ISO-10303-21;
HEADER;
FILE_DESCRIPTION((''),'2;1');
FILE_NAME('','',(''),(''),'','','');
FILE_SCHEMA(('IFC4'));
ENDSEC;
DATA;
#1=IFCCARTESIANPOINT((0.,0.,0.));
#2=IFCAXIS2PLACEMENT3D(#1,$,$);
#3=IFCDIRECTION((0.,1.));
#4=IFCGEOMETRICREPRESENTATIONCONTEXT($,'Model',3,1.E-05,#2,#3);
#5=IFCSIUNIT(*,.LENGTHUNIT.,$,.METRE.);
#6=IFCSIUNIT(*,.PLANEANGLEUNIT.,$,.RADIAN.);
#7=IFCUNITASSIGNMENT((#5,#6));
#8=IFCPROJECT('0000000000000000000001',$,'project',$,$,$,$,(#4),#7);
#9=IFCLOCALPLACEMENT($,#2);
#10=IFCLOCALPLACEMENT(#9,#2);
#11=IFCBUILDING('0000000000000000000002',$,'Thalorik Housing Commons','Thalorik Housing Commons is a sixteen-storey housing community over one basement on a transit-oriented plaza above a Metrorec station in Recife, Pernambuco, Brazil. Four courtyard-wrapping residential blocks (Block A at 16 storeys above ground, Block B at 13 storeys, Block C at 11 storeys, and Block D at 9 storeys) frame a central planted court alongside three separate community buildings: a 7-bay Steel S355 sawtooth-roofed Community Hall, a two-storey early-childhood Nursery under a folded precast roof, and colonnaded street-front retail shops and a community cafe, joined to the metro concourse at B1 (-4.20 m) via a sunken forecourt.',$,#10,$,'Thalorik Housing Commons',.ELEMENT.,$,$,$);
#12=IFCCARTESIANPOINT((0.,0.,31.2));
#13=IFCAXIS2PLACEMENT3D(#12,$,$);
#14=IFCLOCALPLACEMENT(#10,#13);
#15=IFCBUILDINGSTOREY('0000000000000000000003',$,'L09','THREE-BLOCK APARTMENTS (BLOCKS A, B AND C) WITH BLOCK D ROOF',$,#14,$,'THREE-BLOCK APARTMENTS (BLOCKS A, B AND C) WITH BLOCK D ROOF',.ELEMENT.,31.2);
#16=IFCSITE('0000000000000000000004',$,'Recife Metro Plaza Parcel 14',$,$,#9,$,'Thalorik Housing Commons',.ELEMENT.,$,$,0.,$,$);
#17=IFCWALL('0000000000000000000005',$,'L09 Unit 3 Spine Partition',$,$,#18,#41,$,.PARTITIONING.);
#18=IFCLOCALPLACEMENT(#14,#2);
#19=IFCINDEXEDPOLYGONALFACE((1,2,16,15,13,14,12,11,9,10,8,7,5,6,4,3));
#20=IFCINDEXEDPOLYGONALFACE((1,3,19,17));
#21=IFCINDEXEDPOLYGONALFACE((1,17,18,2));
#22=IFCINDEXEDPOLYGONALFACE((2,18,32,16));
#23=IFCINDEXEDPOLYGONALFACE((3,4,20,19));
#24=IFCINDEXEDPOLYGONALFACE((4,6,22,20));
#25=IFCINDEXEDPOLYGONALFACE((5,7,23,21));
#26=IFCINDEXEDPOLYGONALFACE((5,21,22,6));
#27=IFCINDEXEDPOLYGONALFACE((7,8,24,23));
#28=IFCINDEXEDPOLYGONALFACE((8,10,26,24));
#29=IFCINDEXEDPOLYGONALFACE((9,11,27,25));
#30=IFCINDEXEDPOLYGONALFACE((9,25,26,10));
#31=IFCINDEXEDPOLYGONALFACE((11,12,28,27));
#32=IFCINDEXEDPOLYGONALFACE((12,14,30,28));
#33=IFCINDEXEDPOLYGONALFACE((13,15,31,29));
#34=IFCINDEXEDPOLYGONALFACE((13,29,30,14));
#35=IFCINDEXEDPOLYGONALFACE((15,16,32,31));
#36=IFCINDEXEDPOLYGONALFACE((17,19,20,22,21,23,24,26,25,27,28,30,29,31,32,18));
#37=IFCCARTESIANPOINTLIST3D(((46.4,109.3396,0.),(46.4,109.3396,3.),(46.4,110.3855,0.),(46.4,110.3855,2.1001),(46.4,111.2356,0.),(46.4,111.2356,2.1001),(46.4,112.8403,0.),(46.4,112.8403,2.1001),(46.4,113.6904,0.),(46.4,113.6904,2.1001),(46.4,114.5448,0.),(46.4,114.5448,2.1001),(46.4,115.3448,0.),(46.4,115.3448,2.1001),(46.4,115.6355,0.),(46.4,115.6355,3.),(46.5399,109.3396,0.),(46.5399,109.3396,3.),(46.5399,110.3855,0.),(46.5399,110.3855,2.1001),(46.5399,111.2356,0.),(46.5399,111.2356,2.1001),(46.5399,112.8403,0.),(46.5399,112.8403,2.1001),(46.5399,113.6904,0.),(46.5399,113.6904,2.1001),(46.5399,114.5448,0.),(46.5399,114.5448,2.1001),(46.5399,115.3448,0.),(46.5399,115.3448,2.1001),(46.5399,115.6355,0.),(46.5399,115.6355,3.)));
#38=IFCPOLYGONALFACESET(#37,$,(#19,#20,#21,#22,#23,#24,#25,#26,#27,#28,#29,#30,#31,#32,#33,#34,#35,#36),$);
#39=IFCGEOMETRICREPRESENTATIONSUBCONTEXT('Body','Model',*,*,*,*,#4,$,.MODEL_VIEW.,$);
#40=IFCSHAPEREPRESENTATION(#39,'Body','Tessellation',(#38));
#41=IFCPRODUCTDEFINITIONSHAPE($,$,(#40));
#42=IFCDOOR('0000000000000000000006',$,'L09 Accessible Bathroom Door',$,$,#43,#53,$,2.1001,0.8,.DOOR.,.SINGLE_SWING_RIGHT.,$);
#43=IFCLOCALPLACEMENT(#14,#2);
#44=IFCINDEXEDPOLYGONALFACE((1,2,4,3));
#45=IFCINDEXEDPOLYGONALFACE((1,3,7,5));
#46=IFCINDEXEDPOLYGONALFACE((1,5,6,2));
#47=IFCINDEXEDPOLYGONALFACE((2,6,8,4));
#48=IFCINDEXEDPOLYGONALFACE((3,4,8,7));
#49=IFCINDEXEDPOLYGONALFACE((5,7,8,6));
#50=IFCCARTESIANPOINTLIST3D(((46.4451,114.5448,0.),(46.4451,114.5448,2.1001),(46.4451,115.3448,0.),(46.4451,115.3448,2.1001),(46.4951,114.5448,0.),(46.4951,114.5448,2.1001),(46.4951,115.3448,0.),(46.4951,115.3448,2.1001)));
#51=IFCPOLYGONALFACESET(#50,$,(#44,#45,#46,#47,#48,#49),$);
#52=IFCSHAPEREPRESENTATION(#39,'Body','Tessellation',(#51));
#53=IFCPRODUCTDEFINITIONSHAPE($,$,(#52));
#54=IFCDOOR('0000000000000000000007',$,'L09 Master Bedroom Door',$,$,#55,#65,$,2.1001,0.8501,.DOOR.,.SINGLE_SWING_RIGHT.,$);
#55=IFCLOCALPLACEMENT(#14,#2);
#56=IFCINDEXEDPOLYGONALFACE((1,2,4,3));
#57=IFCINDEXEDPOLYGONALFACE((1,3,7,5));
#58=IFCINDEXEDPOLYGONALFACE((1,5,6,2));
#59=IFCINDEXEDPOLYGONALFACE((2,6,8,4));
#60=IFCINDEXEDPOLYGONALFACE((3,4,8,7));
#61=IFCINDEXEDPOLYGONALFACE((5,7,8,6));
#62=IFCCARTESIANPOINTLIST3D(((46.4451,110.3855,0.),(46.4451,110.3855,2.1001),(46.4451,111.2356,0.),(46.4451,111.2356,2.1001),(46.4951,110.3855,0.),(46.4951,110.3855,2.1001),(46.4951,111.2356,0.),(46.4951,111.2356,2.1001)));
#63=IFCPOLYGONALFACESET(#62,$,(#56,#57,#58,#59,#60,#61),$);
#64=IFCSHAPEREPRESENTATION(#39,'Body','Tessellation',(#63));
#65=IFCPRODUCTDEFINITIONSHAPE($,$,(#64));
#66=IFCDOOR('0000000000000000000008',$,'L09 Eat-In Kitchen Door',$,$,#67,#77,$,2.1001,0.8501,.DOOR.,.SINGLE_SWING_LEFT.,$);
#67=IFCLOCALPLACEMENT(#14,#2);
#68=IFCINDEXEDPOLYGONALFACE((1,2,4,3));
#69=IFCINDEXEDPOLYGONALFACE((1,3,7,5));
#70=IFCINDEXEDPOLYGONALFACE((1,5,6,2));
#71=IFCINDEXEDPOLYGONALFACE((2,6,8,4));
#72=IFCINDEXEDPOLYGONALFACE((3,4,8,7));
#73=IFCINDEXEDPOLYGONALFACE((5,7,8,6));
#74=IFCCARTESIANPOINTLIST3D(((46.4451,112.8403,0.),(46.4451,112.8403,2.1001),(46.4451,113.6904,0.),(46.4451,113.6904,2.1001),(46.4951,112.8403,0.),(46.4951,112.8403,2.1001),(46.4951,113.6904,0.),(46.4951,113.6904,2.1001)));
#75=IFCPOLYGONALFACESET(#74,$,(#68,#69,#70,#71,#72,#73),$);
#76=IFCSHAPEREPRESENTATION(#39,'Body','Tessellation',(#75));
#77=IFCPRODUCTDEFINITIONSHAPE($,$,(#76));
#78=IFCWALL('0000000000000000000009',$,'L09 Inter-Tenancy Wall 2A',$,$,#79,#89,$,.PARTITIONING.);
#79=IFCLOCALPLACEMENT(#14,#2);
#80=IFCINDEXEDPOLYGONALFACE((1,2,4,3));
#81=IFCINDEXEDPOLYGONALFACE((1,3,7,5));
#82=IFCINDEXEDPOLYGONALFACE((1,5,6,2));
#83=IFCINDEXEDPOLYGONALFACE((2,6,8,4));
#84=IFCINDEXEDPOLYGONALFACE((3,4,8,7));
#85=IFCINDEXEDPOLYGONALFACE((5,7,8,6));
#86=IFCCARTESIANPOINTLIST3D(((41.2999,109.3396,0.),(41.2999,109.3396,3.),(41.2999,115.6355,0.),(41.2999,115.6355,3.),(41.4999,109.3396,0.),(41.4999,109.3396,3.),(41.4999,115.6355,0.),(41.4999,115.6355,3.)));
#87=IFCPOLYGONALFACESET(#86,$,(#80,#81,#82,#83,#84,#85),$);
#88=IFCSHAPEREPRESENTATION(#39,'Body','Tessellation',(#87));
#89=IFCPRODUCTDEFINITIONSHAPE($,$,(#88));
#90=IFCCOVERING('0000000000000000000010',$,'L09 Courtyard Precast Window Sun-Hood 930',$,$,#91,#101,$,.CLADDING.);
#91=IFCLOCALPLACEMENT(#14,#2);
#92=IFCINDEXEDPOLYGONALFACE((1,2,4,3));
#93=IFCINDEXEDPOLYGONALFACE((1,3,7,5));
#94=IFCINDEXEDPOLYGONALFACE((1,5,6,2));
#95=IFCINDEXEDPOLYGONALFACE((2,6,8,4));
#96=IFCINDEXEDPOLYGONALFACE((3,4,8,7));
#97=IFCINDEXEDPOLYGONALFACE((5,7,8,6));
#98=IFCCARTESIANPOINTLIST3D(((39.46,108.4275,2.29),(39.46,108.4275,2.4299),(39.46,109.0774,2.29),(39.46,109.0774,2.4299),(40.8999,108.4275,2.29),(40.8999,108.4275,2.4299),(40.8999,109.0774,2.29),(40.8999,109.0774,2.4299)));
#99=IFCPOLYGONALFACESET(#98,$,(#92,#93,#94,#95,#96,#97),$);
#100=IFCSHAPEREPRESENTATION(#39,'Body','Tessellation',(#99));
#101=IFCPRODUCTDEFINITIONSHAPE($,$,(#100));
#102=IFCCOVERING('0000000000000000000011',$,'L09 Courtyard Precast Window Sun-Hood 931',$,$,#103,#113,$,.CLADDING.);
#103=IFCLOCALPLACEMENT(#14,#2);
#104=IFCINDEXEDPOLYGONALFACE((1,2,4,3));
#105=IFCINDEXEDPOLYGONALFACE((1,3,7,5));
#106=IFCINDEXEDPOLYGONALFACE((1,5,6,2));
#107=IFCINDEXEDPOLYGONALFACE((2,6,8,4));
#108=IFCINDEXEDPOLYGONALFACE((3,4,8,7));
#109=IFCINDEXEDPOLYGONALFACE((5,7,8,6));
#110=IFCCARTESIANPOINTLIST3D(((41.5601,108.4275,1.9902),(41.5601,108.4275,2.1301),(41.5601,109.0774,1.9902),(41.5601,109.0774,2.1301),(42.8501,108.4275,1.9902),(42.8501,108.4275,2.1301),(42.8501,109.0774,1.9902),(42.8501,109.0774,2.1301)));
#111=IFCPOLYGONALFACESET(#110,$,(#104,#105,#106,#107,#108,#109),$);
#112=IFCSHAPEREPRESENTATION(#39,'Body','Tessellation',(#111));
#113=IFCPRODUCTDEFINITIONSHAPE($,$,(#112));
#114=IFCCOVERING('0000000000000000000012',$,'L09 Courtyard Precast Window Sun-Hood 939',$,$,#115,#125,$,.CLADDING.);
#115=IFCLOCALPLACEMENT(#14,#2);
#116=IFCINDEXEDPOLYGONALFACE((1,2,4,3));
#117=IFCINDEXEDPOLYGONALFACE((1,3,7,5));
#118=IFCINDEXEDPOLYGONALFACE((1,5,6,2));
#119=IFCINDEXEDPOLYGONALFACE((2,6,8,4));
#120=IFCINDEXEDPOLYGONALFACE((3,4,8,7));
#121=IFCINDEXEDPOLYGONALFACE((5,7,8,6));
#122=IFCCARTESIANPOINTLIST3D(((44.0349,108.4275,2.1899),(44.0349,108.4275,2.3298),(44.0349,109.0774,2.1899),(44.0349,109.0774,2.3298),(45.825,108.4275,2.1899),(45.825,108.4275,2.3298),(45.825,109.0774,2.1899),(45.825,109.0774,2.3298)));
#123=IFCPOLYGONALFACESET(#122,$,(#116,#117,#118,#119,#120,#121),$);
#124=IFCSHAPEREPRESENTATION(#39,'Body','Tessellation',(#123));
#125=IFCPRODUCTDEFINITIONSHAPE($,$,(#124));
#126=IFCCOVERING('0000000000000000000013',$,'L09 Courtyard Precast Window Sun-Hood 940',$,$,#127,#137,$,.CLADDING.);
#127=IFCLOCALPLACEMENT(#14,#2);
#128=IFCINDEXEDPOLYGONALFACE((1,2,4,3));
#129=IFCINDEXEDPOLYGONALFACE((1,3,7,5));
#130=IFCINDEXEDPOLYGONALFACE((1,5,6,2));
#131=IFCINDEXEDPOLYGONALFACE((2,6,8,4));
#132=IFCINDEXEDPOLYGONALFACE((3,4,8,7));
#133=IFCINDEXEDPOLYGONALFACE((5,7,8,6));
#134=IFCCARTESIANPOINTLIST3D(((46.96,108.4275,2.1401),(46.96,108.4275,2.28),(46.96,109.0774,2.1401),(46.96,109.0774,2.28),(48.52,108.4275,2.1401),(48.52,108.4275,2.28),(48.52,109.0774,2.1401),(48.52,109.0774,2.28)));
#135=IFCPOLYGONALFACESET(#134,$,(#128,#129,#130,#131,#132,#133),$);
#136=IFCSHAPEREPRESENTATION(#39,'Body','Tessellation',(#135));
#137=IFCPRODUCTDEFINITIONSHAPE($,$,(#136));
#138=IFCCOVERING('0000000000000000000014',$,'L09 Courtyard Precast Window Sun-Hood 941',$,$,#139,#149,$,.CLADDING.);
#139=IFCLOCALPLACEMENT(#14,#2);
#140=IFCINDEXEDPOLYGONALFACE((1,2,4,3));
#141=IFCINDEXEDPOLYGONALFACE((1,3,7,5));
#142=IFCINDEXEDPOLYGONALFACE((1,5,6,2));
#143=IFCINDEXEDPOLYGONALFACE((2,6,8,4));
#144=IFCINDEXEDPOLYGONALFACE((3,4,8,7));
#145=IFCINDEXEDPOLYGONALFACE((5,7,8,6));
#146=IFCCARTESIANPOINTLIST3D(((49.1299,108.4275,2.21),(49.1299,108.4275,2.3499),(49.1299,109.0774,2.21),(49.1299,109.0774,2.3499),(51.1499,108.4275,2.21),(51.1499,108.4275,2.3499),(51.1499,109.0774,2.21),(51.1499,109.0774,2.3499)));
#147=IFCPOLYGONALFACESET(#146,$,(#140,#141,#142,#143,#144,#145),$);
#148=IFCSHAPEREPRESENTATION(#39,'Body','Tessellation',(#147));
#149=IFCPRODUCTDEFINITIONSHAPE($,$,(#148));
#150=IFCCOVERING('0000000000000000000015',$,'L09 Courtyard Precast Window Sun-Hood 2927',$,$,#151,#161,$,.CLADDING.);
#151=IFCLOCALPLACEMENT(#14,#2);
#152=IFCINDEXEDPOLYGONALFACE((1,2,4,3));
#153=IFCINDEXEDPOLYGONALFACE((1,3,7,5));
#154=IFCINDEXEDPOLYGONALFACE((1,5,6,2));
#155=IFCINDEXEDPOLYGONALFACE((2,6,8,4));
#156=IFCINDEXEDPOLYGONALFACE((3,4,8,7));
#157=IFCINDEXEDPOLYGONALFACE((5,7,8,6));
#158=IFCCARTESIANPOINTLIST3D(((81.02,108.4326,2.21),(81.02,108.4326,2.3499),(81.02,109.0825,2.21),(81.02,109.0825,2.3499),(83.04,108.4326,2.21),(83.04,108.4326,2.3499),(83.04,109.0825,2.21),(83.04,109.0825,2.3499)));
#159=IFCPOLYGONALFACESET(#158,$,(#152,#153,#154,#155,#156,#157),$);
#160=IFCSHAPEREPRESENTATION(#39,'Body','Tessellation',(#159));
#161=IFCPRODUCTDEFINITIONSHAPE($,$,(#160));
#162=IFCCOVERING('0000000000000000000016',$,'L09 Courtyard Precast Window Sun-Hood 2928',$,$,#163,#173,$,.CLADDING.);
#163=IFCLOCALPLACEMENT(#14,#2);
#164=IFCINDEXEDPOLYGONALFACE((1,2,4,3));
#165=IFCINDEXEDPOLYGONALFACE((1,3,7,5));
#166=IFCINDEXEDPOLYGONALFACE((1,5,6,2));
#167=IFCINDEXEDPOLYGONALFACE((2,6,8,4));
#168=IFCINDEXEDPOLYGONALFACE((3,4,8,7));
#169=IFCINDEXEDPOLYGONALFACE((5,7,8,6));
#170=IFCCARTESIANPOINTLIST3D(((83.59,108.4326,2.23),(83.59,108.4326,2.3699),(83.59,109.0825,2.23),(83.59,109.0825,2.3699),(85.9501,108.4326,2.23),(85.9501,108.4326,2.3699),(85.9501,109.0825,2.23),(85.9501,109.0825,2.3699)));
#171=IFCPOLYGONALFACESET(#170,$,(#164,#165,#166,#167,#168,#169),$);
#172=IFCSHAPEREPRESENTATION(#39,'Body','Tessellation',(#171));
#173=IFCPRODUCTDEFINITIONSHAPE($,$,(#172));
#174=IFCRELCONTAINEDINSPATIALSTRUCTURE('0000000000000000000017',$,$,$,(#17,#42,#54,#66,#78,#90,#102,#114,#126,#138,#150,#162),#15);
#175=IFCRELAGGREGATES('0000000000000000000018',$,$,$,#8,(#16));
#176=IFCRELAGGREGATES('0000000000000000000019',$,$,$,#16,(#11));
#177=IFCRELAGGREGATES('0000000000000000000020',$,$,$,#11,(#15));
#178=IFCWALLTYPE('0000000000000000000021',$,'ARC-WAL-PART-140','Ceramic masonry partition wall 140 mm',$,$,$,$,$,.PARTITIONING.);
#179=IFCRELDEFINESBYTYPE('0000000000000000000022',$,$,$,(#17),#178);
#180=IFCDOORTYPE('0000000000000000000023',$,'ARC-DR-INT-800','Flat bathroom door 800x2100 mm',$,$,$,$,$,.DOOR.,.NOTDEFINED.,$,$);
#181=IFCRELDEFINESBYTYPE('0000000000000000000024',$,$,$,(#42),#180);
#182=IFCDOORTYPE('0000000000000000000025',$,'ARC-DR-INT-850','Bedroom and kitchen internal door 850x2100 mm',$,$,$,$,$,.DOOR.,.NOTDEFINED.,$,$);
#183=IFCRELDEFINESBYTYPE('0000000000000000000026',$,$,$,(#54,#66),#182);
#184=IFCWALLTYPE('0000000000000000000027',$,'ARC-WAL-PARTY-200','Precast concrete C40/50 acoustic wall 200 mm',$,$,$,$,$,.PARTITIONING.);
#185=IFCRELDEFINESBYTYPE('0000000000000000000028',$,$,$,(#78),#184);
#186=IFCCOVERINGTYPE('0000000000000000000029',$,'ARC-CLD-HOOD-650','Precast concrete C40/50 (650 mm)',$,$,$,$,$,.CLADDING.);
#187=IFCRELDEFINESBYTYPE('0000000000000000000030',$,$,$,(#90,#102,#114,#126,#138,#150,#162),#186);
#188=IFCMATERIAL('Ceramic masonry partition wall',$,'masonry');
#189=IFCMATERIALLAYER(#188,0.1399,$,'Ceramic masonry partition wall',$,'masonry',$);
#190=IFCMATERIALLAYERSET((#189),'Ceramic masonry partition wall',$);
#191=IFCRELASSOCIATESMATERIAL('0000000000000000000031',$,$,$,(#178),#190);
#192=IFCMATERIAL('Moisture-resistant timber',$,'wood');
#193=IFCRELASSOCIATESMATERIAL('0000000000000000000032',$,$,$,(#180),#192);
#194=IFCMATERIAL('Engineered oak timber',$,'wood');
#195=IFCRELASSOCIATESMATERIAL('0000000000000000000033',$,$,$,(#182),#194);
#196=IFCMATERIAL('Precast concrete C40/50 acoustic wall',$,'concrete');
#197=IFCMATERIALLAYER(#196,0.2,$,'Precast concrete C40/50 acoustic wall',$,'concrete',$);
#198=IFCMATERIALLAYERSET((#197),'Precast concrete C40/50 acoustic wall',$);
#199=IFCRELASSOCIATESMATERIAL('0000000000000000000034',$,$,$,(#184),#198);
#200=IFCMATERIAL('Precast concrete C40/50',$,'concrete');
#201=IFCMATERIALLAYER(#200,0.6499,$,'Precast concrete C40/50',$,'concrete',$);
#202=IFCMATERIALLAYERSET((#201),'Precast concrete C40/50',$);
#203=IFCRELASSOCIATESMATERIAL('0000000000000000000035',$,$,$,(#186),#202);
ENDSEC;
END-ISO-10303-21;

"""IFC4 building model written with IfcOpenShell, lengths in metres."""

from ifc_helpers import new_model, si_unit, direction, frame, frame_2d, origin, origin_2d, place, context, subcontext, project, spatial, rectangle, extrude, material, layer, layer_set, type_object, element, fill, save


model = new_model("IFC4")

# Units and contexts
model_context = context("Model", 3, precision=1e-05, world=origin(), true_north=direction((0.0, 1.0)))
body_context = subcontext(model_context, "Body", "Model", "MODEL_VIEW")
ifc_project = project(units=[si_unit("LENGTHUNIT", "METRE"), si_unit("PLANEANGLEUNIT", "RADIAN")], contexts=[model_context])

# Site, building, storey
site_placement = place(None, origin())
site = spatial("IfcSite", under=ifc_project, at=site_placement, Name="Recife Metro Plaza Parcel 14", LongName="Thalorik Housing Commons", CompositionType="ELEMENT", RefElevation=0.0)
building_placement = place(site_placement, origin())
building = spatial("IfcBuilding", under=site, at=building_placement, Name="Thalorik Housing Commons", Description="Thalorik Housing Commons is a sixteen-storey housing community over one basement on a transit-oriented plaza above a Metrorec station in Recife, Pernambuco, Brazil. Four courtyard-wrapping residential blocks (Block A at 16 storeys above ground, Block B at 13 storeys, Block C at 11 storeys, and Block D at 9 storeys) frame a central planted court alongside three separate community buildings: a 7-bay Steel S355 sawtooth-roofed Community Hall, a two-storey early-childhood Nursery under a folded precast roof, and colonnaded street-front retail shops and a community cafe, joined to the metro concourse at B1 (-4.20 m) via a sunken forecourt.", LongName="Thalorik Housing Commons", CompositionType="ELEMENT")
storey_placement = place(building_placement, frame((0.0, 0.0, 31.2)))
storey = spatial("IfcBuildingStorey", under=building, at=storey_placement, Name="L09", Description="THREE-BLOCK APARTMENTS (BLOCKS A, B AND C) WITH BLOCK D ROOF", LongName="THREE-BLOCK APARTMENTS (BLOCKS A, B AND C) WITH BLOCK D ROOF", CompositionType="ELEMENT", Elevation=31.2)

# Shared definitions
ifc_material_1 = material(Name="Precast concrete C40/50", Category="concrete")

# Wall, openings, doors
ifc_material_2 = material(Name="Ceramic masonry partition wall", Category="masonry")
ifc_layer_1 = layer(ifc_material_2, 0.1399, Name="Ceramic masonry partition wall", Category="masonry")
ifc_layer_set_1 = layer_set([ifc_layer_1], Name="Ceramic masonry partition wall")
wall_type_1 = type_object("IfcWallType", Name="ARC-WAL-PART-140", Description="Ceramic masonry partition wall 140 mm", PredefinedType="PARTITIONING", material=ifc_layer_set_1)
wall_1_placement = place(storey_placement, frame((46.47, 109.3396, 0.0), z_axis=(0.0, 0.0, 1.0), x_axis=(0.0, 1.0, 0.0)))
wall_1 = element("IfcWall", 1, at=wall_1_placement, inside=storey, type_object=wall_type_1, Name="L09 Unit 3 Spine Partition", PredefinedType="PARTITIONING", context=body_context, shape_type="SweptSolid", body=[
    extrude(rectangle(XDim=6.2959, YDim=0.1399, at=frame_2d((3.1479, 0.0))), origin(), (0.0, 0.0, 1.0), 3.0),
])
opening_1_placement = place(wall_1_placement, frame((1.0459, 0.0, 0.0)))
opening_1 = element("IfcOpeningElement", 2, at=opening_1_placement, cuts=wall_1, PredefinedType="OPENING", context=body_context, shape_type="SweptSolid", body=[
    extrude(rectangle(XDim=0.8501, YDim=2.1001, at=frame_2d((0.425, 1.05))), frame((0.0, 0.0801, 0.0), z_axis=(0.0, -1.0, 0.0), x_axis=(1.0, 0.0, 0.0)), (0.0, 0.0, 1.0), 0.1599),
])
opening_2_placement = place(wall_1_placement, frame((3.5007, 0.0, 0.0)))
opening_2 = element("IfcOpeningElement", 3, at=opening_2_placement, cuts=wall_1, PredefinedType="OPENING", context=body_context, shape_type="SweptSolid", body=[
    extrude(rectangle(XDim=0.8501, YDim=2.1001, at=frame_2d((0.425, 1.05))), frame((0.0, 0.0801, 0.0), z_axis=(0.0, -1.0, 0.0), x_axis=(1.0, 0.0, 0.0)), (0.0, 0.0, 1.0), 0.1599),
])
opening_3_placement = place(wall_1_placement, frame((5.2053, 0.0, 0.0)))
opening_3 = element("IfcOpeningElement", 4, at=opening_3_placement, cuts=wall_1, PredefinedType="OPENING", context=body_context, shape_type="SweptSolid", body=[
    extrude(rectangle(XDim=0.8, YDim=2.1001, at=frame_2d((0.3999, 1.05))), frame((0.0, 0.0801, 0.0), z_axis=(0.0, -1.0, 0.0), x_axis=(1.0, 0.0, 0.0)), (0.0, 0.0, 1.0), 0.1599),
])
ifc_material_3 = material(Name="Moisture-resistant timber", Category="wood")
door_type_1 = type_object("IfcDoorType", Name="ARC-DR-INT-800", Description="Flat bathroom door 800x2100 mm", OperationType="NOTDEFINED", PredefinedType="DOOR", material=ifc_material_3)
door_1_placement = place(opening_3_placement, origin())
door_1 = element("IfcDoor", 5, at=door_1_placement, inside=storey, type_object=door_type_1, Name="L09 Accessible Bathroom Door", OperationType="SINGLE_SWING_RIGHT", OverallHeight=2.1001, OverallWidth=0.8, PredefinedType="DOOR", context=body_context, shape_type="SweptSolid", body=[
    extrude(rectangle(XDim=0.8, YDim=2.1001, at=frame_2d((0.3999, 1.05))), frame((0.0, 0.0249, 0.0), z_axis=(0.0, -1.0, 0.0), x_axis=(1.0, 0.0, 0.0)), (0.0, 0.0, 1.0), 0.05),
])
fill(opening_3, door_1)
ifc_material_4 = material(Name="Engineered oak timber", Category="wood")
door_type_2 = type_object("IfcDoorType", Name="ARC-DR-INT-850", Description="Bedroom and kitchen internal door 850x2100 mm", OperationType="NOTDEFINED", PredefinedType="DOOR", material=ifc_material_4)
door_2_placement = place(opening_1_placement, origin())
door_2 = element("IfcDoor", 6, at=door_2_placement, inside=storey, type_object=door_type_2, Name="L09 Master Bedroom Door", OperationType="SINGLE_SWING_RIGHT", OverallHeight=2.1001, OverallWidth=0.8501, PredefinedType="DOOR", context=body_context, shape_type="SweptSolid", body=[
    extrude(rectangle(XDim=0.8501, YDim=2.1001, at=frame_2d((0.425, 1.05))), frame((0.0, 0.0249, 0.0), z_axis=(0.0, -1.0, 0.0), x_axis=(1.0, 0.0, 0.0)), (0.0, 0.0, 1.0), 0.05),
])
fill(opening_1, door_2)
door_3_placement = place(opening_2_placement, origin())
door_3 = element("IfcDoor", 7, at=door_3_placement, inside=storey, type_object=door_type_2, Name="L09 Eat-In Kitchen Door", OperationType="SINGLE_SWING_LEFT", OverallHeight=2.1001, OverallWidth=0.8501, PredefinedType="DOOR", context=body_context, shape_type="SweptSolid", body=[
    extrude(rectangle(XDim=0.8501, YDim=2.1001, at=frame_2d((0.425, 1.05))), frame((0.0, 0.0249, 0.0), z_axis=(0.0, -1.0, 0.0), x_axis=(1.0, 0.0, 0.0)), (0.0, 0.0, 1.0), 0.05),
])
fill(opening_2, door_3)

# Wall
ifc_material_5 = material(Name="Precast concrete C40/50 acoustic wall", Category="concrete")
ifc_layer_2 = layer(ifc_material_5, 0.2, Name="Precast concrete C40/50 acoustic wall", Category="concrete")
ifc_layer_set_2 = layer_set([ifc_layer_2], Name="Precast concrete C40/50 acoustic wall")
wall_type_2 = type_object("IfcWallType", Name="ARC-WAL-PARTY-200", Description="Precast concrete C40/50 acoustic wall 200 mm", PredefinedType="PARTITIONING", material=ifc_layer_set_2)
wall_2_placement = place(storey_placement, frame((41.3999, 109.3396, 0.0), z_axis=(0.0, 0.0, 1.0), x_axis=(0.0, 1.0, 0.0)))
element("IfcWall", 8, at=wall_2_placement, inside=storey, type_object=wall_type_2, Name="L09 Inter-Tenancy Wall 2A", PredefinedType="PARTITIONING", context=body_context, shape_type="SweptSolid", body=[
    extrude(rectangle(XDim=6.2959, YDim=0.2, at=frame_2d((3.1479, 0.0))), origin(), (0.0, 0.0, 1.0), 3.0),
])

# Coverings
ifc_layer_3 = layer(ifc_material_1, 0.6499, Name="Precast concrete C40/50", Category="concrete")
ifc_layer_set_3 = layer_set([ifc_layer_3], Name="Precast concrete C40/50")
covering_type = type_object("IfcCoveringType", Name="ARC-CLD-HOOD-650", Description="Precast concrete C40/50 (650 mm)", PredefinedType="CLADDING", material=ifc_layer_set_3)
covering_1_placement = place(storey_placement, frame((40.1799, 108.7524, 2.29), z_axis=(0.0, 0.0, 1.0), x_axis=(1.0, 0.0, 0.0)))
element("IfcCovering", 9, at=covering_1_placement, inside=storey, type_object=covering_type, Name="L09 Courtyard Precast Window Sun-Hood 930", PredefinedType="CLADDING", context=body_context, shape_type="SweptSolid", body=[
    extrude(rectangle(XDim=1.4399, YDim=0.6499, at=origin_2d()), origin(), (0.0, 0.0, 1.0), 0.1399),
])
covering_2_placement = place(storey_placement, frame((42.2051, 108.7524, 1.9902), z_axis=(0.0, 0.0, 1.0), x_axis=(1.0, 0.0, 0.0)))
element("IfcCovering", 10, at=covering_2_placement, inside=storey, type_object=covering_type, Name="L09 Courtyard Precast Window Sun-Hood 931", PredefinedType="CLADDING", context=body_context, shape_type="SweptSolid", body=[
    extrude(rectangle(XDim=1.29, YDim=0.6499, at=origin_2d()), origin(), (0.0, 0.0, 1.0), 0.1399),
])
covering_3_placement = place(storey_placement, frame((44.9299, 108.7524, 2.1899), z_axis=(0.0, 0.0, 1.0), x_axis=(1.0, 0.0, 0.0)))
element("IfcCovering", 11, at=covering_3_placement, inside=storey, type_object=covering_type, Name="L09 Courtyard Precast Window Sun-Hood 939", PredefinedType="CLADDING", context=body_context, shape_type="SweptSolid", body=[
    extrude(rectangle(XDim=1.79, YDim=0.6499, at=origin_2d()), origin(), (0.0, 0.0, 1.0), 0.1399),
])
covering_4_placement = place(storey_placement, frame((47.74, 108.7524, 2.1401), z_axis=(0.0, 0.0, 1.0), x_axis=(1.0, 0.0, 0.0)))
element("IfcCovering", 12, at=covering_4_placement, inside=storey, type_object=covering_type, Name="L09 Courtyard Precast Window Sun-Hood 940", PredefinedType="CLADDING", context=body_context, shape_type="SweptSolid", body=[
    extrude(rectangle(XDim=1.5601, YDim=0.6499, at=origin_2d()), origin(), (0.0, 0.0, 1.0), 0.1399),
])
for number, where, z_axis, x_axis, name in (
    (13, (50.1399, 108.7524, 2.21), (0.0, 0.0, 1.0), (1.0, 0.0, 0.0), "L09 Courtyard Precast Window Sun-Hood 941"),
    (14, (82.03, 108.7576, 2.21), (0.0, 0.0, 1.0), (1.0, 0.0, 0.0), "L09 Courtyard Precast Window Sun-Hood 2927"),
):
    element("IfcCovering", number, at=place(storey_placement, frame(where, z_axis=z_axis, x_axis=x_axis)), inside=storey, type_object=covering_type, Name=name, PredefinedType="CLADDING", context=body_context, shape_type="SweptSolid", body=[
        extrude(rectangle(XDim=2.02, YDim=0.6499, at=origin_2d()), origin(), (0.0, 0.0, 1.0), 0.1399),
    ])
covering_5_placement = place(storey_placement, frame((84.77, 108.7576, 2.23), z_axis=(0.0, 0.0, 1.0), x_axis=(1.0, 0.0, 0.0)))
element("IfcCovering", 15, at=covering_5_placement, inside=storey, type_object=covering_type, Name="L09 Courtyard Precast Window Sun-Hood 2928", PredefinedType="CLADDING", context=body_context, shape_type="SweptSolid", body=[
    extrude(rectangle(XDim=2.3601, YDim=0.6499, at=origin_2d()), origin(), (0.0, 0.0, 1.0), 0.1399),
])

save(model, "model.ifc")
